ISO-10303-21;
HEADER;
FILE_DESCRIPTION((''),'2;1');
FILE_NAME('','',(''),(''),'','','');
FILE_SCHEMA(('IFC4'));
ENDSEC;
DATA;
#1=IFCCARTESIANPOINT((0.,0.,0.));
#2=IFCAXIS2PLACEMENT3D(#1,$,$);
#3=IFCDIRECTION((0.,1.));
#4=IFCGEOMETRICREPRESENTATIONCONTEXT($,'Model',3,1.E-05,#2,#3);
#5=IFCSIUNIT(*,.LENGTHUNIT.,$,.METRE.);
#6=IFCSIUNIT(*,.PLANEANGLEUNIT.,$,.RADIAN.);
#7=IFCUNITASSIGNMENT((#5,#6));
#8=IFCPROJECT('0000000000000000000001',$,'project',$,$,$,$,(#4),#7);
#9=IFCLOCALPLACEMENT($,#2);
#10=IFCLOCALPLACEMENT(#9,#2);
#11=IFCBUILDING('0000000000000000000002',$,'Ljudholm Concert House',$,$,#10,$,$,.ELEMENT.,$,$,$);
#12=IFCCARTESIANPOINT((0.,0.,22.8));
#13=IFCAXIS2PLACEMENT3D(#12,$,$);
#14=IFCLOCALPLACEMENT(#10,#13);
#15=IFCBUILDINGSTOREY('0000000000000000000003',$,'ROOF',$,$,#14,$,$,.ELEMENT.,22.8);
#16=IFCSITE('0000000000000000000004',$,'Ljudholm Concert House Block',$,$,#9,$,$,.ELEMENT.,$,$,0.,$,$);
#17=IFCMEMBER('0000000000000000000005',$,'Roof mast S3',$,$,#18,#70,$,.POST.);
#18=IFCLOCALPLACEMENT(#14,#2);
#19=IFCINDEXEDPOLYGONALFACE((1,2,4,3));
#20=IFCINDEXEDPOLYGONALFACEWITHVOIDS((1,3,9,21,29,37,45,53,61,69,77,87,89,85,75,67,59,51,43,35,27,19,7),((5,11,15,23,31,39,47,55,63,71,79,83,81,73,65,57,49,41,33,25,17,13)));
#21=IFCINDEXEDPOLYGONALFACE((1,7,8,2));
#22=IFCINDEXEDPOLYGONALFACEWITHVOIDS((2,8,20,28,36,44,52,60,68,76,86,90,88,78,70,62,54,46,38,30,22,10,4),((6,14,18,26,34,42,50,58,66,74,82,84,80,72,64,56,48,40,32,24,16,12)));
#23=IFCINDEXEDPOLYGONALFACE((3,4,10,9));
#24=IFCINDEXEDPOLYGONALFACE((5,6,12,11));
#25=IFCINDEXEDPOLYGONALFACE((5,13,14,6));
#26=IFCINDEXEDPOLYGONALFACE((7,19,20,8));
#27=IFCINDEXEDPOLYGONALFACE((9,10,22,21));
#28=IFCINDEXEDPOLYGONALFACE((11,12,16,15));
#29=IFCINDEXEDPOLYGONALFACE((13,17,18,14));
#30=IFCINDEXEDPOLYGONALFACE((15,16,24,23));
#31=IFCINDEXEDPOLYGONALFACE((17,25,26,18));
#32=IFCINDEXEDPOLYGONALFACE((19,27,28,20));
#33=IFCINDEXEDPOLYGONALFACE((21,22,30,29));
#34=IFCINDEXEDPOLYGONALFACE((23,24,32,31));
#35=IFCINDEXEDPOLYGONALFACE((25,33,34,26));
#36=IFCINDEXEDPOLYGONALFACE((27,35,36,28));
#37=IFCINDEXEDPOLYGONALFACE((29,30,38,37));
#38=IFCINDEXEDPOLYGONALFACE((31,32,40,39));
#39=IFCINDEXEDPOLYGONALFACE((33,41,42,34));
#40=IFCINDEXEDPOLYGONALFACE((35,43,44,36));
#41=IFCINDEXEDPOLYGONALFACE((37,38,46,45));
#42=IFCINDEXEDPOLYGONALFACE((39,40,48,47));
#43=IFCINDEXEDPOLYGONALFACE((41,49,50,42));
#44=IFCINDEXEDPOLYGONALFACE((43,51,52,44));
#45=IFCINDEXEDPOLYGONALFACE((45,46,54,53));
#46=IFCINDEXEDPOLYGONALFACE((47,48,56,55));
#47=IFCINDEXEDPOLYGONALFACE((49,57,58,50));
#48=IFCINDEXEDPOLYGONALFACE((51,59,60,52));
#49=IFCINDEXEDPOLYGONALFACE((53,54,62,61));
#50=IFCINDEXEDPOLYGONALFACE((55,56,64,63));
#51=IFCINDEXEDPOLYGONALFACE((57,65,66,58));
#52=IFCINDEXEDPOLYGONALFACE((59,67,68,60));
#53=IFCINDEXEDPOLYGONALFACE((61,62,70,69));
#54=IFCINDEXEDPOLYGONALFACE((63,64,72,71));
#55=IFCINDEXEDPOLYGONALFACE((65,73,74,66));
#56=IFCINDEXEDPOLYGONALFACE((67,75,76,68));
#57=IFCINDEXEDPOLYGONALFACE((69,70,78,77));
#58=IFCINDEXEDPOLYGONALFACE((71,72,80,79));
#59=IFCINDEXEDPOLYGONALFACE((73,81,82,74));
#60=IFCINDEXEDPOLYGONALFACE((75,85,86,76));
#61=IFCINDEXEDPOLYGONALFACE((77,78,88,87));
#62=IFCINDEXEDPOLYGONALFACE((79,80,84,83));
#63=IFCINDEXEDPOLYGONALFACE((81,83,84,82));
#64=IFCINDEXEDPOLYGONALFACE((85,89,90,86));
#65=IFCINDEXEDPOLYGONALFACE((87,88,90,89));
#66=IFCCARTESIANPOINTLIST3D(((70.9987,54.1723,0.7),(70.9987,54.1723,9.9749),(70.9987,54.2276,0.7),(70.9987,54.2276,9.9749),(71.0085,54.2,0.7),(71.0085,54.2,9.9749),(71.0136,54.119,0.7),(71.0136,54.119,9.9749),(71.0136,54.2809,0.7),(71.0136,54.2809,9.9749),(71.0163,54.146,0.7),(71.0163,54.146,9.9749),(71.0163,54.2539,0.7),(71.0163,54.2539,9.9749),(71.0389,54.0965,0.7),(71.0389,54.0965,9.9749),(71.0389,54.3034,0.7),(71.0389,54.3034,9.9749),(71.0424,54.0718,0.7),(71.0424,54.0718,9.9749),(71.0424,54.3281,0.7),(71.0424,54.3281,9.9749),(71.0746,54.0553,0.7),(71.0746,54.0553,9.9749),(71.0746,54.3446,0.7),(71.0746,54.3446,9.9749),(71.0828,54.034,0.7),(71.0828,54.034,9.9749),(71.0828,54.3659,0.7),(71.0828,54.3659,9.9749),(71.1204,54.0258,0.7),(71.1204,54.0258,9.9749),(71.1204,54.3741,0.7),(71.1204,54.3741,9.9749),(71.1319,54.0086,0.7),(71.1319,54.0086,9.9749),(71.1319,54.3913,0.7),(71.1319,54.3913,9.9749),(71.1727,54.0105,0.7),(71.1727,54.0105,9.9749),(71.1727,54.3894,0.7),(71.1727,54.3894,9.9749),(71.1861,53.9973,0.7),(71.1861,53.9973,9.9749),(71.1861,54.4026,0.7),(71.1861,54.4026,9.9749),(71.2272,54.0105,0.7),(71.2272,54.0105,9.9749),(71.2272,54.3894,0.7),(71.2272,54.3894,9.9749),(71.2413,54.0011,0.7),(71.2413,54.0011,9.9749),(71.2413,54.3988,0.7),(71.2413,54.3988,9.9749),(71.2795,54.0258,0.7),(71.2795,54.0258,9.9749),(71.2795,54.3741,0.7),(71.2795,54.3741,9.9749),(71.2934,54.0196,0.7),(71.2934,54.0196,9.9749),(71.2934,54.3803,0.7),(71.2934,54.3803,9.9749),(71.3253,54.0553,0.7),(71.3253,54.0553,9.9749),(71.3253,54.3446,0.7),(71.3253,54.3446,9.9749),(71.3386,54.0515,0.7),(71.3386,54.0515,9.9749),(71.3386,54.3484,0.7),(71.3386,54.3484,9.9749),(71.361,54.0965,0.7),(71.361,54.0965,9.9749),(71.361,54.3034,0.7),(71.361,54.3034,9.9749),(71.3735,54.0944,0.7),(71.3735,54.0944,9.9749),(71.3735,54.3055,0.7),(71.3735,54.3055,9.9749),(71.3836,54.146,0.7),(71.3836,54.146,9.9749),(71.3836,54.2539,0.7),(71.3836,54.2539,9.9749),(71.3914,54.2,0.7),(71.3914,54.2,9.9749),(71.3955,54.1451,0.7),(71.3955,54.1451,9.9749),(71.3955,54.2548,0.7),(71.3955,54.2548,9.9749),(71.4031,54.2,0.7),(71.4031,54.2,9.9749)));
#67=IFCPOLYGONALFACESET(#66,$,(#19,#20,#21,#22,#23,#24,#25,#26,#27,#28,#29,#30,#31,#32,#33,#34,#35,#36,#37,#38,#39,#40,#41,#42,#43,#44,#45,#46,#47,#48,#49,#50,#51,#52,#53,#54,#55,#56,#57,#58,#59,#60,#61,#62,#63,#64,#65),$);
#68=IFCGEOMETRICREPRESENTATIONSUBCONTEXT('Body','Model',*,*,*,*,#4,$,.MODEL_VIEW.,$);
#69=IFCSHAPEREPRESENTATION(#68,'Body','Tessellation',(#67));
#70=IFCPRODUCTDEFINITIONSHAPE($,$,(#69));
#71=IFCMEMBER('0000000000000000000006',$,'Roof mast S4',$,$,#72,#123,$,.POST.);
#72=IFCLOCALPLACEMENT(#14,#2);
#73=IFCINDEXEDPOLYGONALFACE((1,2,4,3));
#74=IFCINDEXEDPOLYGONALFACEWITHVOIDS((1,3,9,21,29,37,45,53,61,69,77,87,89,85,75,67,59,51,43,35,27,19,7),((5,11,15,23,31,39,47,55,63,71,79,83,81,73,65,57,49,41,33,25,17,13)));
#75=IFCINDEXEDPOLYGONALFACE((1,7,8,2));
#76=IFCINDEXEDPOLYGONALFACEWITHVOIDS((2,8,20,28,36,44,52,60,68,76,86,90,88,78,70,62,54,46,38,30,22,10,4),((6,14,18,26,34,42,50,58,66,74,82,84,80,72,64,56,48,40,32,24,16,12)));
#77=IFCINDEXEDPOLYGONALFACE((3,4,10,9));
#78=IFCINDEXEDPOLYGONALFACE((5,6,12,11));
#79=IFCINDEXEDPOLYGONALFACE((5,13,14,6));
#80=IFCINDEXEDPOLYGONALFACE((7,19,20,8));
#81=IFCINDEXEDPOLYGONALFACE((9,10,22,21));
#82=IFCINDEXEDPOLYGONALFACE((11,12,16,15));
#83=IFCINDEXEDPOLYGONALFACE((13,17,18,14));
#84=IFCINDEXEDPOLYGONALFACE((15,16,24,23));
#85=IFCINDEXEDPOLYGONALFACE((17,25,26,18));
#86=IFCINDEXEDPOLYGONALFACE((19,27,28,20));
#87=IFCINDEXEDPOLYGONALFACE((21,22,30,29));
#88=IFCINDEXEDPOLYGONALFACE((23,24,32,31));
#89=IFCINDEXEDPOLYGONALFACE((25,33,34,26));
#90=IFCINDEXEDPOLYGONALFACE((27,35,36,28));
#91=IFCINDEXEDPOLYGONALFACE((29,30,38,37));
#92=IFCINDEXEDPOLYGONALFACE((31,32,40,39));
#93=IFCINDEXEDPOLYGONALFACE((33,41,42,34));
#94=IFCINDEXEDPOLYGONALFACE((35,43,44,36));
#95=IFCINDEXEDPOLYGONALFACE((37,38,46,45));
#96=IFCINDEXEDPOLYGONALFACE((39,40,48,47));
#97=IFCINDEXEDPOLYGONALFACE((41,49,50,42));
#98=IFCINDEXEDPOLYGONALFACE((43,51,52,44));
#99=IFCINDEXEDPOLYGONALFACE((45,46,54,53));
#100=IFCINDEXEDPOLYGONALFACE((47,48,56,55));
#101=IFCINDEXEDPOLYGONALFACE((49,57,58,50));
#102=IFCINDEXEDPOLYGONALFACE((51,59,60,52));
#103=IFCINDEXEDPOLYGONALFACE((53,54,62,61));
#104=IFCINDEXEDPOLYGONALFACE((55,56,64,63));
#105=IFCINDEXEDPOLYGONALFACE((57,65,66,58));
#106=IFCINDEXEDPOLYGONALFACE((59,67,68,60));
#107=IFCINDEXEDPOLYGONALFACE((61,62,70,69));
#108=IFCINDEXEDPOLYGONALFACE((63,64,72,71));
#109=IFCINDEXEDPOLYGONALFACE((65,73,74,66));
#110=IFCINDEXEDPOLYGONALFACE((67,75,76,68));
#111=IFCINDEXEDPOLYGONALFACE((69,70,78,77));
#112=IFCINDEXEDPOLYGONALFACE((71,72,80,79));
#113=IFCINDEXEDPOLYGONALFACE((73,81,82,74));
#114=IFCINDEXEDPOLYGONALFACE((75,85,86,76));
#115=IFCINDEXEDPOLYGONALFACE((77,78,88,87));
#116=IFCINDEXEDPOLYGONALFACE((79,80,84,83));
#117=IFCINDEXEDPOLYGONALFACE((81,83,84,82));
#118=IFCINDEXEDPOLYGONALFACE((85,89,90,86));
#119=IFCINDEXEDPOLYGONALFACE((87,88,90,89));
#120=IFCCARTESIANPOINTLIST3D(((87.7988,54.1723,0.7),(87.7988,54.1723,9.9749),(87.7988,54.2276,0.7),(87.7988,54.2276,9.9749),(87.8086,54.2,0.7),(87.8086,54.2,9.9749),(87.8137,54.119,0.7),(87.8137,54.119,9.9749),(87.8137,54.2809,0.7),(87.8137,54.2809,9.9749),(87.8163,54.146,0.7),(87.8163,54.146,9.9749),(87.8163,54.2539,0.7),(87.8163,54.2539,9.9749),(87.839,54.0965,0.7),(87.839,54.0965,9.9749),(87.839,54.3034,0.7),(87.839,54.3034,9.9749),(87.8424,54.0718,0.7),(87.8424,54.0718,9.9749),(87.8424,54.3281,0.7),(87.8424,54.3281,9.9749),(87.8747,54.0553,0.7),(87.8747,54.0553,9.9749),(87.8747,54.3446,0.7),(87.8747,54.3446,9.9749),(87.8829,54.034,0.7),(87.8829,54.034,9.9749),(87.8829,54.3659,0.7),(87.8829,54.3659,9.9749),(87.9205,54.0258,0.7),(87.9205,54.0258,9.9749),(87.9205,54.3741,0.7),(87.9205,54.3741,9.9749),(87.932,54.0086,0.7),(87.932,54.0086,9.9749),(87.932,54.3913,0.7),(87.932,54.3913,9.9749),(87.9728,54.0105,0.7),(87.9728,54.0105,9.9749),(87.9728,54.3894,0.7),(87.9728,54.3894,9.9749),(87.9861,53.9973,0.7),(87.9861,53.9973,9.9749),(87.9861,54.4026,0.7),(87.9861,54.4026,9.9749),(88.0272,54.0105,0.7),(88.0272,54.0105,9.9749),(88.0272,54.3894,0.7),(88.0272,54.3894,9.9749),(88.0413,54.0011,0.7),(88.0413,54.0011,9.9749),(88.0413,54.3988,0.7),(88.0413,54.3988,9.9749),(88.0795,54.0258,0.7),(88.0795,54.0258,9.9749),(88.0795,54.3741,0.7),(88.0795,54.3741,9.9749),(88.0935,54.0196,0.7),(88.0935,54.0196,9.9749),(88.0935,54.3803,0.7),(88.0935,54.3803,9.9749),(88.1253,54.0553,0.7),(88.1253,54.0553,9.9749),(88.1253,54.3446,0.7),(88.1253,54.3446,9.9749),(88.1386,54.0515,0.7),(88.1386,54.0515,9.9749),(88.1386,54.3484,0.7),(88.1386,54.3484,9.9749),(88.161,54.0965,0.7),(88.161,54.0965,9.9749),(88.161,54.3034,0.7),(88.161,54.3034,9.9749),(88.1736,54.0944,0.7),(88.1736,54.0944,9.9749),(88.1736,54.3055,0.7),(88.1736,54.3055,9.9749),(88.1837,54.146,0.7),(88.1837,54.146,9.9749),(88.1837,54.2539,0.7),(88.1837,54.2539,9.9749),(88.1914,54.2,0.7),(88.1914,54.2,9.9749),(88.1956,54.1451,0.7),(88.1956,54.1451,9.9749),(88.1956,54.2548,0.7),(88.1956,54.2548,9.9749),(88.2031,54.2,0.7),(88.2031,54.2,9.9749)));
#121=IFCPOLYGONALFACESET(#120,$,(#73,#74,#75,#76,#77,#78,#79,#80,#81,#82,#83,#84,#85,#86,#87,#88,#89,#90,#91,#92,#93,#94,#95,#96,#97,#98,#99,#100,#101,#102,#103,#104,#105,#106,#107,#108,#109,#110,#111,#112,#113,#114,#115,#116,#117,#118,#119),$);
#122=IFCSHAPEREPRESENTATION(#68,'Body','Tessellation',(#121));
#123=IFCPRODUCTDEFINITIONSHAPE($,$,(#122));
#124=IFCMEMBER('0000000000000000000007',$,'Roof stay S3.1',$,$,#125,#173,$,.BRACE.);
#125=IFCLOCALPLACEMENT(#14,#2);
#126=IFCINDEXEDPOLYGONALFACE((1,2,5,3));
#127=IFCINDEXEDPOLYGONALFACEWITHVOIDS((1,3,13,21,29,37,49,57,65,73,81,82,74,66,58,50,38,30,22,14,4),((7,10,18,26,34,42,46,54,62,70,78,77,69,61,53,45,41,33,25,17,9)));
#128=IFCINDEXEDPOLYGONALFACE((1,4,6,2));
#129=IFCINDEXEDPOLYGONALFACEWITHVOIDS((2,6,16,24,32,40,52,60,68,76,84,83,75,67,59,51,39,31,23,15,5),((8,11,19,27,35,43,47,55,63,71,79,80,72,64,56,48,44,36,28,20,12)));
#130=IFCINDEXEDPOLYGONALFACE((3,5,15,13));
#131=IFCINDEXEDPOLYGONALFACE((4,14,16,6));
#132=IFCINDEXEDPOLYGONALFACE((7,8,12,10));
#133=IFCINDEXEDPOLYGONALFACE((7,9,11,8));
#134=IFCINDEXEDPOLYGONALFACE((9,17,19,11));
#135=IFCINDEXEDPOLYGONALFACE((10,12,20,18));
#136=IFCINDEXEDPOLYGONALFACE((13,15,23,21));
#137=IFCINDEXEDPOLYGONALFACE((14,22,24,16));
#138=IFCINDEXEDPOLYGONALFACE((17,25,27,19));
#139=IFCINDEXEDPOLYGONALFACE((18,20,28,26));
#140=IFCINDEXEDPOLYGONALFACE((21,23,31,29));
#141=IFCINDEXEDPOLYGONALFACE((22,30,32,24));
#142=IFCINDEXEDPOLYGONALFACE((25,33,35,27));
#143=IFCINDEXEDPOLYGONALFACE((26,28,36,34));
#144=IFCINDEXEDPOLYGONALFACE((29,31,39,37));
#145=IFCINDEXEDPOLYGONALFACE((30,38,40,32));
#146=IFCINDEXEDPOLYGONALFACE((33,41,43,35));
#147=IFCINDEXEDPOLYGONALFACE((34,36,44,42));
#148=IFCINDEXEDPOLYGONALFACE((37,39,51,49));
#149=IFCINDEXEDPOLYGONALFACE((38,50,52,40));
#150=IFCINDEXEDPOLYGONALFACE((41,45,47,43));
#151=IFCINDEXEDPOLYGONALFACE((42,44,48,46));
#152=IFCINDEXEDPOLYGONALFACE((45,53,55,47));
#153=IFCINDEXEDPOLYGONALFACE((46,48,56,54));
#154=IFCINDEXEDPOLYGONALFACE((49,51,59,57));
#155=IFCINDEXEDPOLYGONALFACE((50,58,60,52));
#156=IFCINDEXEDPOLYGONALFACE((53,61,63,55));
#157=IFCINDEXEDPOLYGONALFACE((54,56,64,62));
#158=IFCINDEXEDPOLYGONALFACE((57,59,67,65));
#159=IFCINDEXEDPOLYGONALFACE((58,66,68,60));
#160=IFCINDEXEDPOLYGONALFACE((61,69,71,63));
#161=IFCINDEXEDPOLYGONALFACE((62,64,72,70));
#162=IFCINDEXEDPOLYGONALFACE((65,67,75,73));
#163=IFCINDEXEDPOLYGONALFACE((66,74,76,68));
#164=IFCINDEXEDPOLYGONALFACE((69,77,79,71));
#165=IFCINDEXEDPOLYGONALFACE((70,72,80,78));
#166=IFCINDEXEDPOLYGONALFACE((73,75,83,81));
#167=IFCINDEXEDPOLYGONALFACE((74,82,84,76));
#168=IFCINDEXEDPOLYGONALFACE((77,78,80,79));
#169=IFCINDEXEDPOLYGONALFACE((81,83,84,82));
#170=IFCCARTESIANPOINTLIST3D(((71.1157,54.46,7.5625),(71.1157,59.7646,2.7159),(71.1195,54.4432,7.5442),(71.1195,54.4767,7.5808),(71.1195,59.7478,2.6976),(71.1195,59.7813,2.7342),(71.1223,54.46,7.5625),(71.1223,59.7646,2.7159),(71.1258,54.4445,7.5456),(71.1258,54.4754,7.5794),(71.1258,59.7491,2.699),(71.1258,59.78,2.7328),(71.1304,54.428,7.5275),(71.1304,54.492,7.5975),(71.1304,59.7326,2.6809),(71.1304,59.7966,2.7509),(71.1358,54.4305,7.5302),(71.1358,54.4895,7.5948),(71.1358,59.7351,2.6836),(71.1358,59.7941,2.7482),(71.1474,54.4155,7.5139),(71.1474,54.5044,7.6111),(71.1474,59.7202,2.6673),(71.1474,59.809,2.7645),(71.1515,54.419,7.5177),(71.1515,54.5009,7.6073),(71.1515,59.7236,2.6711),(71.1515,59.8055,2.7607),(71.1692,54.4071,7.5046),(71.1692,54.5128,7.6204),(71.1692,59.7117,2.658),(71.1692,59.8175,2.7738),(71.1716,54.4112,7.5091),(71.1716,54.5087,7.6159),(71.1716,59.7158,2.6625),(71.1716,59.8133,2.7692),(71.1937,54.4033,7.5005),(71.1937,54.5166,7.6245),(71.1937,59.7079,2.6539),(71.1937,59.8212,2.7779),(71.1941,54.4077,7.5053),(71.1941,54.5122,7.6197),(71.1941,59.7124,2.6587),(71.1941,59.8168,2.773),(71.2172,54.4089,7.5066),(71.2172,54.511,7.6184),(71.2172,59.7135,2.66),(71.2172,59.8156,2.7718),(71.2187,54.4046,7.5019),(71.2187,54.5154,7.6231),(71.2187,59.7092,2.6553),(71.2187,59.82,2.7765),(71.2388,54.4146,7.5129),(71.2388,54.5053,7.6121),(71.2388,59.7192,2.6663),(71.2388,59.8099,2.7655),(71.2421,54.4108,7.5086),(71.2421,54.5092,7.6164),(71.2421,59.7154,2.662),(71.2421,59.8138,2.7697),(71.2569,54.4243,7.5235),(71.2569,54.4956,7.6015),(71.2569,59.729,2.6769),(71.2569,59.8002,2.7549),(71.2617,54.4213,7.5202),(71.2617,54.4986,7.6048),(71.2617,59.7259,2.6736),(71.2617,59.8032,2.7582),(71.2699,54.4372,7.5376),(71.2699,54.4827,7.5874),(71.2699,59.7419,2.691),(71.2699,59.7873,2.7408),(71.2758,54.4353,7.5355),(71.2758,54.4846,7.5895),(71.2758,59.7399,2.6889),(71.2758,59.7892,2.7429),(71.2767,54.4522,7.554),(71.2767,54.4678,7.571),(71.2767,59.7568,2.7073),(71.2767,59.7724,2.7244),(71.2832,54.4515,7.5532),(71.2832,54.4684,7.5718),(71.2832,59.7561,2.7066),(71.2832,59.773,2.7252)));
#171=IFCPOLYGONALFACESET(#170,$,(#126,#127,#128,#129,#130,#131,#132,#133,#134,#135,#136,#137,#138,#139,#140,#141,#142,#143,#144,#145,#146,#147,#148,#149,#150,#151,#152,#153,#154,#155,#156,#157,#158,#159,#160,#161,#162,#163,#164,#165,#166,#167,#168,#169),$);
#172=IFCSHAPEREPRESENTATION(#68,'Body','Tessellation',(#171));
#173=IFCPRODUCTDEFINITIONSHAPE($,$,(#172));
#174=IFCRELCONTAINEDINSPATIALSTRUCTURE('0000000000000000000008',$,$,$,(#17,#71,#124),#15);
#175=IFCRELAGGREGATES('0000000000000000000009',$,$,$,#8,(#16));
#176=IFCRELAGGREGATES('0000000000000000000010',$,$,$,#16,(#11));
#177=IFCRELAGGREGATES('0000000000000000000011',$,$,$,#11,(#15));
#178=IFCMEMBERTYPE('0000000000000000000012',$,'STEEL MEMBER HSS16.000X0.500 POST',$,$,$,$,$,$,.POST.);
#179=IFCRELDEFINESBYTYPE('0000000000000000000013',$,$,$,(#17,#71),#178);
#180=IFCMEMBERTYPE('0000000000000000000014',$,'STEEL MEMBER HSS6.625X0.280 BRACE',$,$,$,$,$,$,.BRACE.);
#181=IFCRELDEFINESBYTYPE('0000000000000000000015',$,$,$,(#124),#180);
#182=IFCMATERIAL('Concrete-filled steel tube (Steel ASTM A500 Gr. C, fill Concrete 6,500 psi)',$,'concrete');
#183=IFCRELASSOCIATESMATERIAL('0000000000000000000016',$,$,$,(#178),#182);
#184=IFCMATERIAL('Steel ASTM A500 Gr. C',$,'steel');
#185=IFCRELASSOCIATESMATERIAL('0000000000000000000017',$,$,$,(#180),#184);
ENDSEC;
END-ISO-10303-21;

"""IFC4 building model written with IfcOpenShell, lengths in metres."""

from ifc_helpers import new_model, si_unit, direction, frame, origin, origin_2d, place, context, subcontext, project, spatial, hollow_circle, extrude, material, material_profile, profile_set, type_object, element, save


model = new_model("IFC4")

# Units and contexts
model_context = context("Model", 3, precision=1e-05, world=origin(), true_north=direction((0.0, 1.0)))
body_context = subcontext(model_context, "Body", "Model", "MODEL_VIEW")
ifc_project = project(units=[si_unit("LENGTHUNIT", "METRE"), si_unit("PLANEANGLEUNIT", "RADIAN")], contexts=[model_context])

# Site, building, storey
site_placement = place(None, origin())
site = spatial("IfcSite", under=ifc_project, at=site_placement, Name="Ljudholm Concert House Block", CompositionType="ELEMENT", RefElevation=0.0)
building_placement = place(site_placement, origin())
building = spatial("IfcBuilding", under=site, at=building_placement, Name="Ljudholm Concert House", CompositionType="ELEMENT")
storey_placement = place(building_placement, frame((0.0, 0.0, 22.8)))
storey = spatial("IfcBuildingStorey", under=building, at=storey_placement, Name="ROOF", CompositionType="ELEMENT", Elevation=22.8)

# Members
ifc_material_1 = material(Name="Concrete-filled steel tube (Steel ASTM A500 Gr. C, fill Concrete 6,500 psi)", Category="concrete")
ifc_material_profile_1 = material_profile(ifc_material_1, hollow_circle(Radius=0.2031, WallThickness=0.0117, at=origin_2d()), Name="HSS16.000X0.500")
ifc_profile_set_1 = profile_set([ifc_material_profile_1], Name="Concrete-filled steel tube (Steel ASTM A500 Gr. C, fill Concrete 6,500 psi)")
member_type_1 = type_object("IfcMemberType", Name="STEEL MEMBER HSS16.000X0.500 POST", PredefinedType="POST", material=ifc_profile_set_1)
for number, where, z_axis, x_axis, name in (
    (1, (71.2, 54.2, 0.7), (0.0, 0.0, 1.0), (1.0, 0.0, 0.0), "Roof mast S3"),
    (2, (88.0, 54.2, 0.7), (0.0, 0.0, 1.0), (1.0, 0.0, 0.0), "Roof mast S4"),
):
    element("IfcMember", number, at=place(storey_placement, frame(where, z_axis=z_axis, x_axis=x_axis)), inside=storey, type_object=member_type_1, Name=name, PredefinedType="POST", context=body_context, shape_type="SweptSolid", body=[
        extrude(hollow_circle(Radius=0.2031, WallThickness=0.0117, at=origin_2d()), origin(), (0.0, 0.0, 1.0), 9.2749),
    ])
ifc_material_2 = material(Name="Steel ASTM A500 Gr. C", Category="steel")
ifc_material_profile_2 = material_profile(ifc_material_2, hollow_circle(Radius=0.0842, WallThickness=0.0066, at=origin_2d()), Name="HSS6.625X0.280")
ifc_profile_set_2 = profile_set([ifc_material_profile_2], Name="Steel ASTM A500 Gr. C")
member_type_2 = type_object("IfcMemberType", Name="STEEL MEMBER HSS6.625X0.280 BRACE", PredefinedType="BRACE", material=ifc_profile_set_2)
member_1_placement = place(storey_placement, frame((71.2, 54.46, 7.5625), z_axis=(0.0, 0.738259, -0.674517), x_axis=(-1.0, 0.0, 0.0)))
element("IfcMember", 3, at=member_1_placement, inside=storey, type_object=member_type_2, Name="Roof stay S3.1", PredefinedType="BRACE", context=body_context, shape_type="SweptSolid", body=[
    extrude(hollow_circle(Radius=0.0842, WallThickness=0.0066, at=origin_2d()), origin(), (0.0, 0.0, 1.0), 7.1853),
])

save(model, "model.ifc")
